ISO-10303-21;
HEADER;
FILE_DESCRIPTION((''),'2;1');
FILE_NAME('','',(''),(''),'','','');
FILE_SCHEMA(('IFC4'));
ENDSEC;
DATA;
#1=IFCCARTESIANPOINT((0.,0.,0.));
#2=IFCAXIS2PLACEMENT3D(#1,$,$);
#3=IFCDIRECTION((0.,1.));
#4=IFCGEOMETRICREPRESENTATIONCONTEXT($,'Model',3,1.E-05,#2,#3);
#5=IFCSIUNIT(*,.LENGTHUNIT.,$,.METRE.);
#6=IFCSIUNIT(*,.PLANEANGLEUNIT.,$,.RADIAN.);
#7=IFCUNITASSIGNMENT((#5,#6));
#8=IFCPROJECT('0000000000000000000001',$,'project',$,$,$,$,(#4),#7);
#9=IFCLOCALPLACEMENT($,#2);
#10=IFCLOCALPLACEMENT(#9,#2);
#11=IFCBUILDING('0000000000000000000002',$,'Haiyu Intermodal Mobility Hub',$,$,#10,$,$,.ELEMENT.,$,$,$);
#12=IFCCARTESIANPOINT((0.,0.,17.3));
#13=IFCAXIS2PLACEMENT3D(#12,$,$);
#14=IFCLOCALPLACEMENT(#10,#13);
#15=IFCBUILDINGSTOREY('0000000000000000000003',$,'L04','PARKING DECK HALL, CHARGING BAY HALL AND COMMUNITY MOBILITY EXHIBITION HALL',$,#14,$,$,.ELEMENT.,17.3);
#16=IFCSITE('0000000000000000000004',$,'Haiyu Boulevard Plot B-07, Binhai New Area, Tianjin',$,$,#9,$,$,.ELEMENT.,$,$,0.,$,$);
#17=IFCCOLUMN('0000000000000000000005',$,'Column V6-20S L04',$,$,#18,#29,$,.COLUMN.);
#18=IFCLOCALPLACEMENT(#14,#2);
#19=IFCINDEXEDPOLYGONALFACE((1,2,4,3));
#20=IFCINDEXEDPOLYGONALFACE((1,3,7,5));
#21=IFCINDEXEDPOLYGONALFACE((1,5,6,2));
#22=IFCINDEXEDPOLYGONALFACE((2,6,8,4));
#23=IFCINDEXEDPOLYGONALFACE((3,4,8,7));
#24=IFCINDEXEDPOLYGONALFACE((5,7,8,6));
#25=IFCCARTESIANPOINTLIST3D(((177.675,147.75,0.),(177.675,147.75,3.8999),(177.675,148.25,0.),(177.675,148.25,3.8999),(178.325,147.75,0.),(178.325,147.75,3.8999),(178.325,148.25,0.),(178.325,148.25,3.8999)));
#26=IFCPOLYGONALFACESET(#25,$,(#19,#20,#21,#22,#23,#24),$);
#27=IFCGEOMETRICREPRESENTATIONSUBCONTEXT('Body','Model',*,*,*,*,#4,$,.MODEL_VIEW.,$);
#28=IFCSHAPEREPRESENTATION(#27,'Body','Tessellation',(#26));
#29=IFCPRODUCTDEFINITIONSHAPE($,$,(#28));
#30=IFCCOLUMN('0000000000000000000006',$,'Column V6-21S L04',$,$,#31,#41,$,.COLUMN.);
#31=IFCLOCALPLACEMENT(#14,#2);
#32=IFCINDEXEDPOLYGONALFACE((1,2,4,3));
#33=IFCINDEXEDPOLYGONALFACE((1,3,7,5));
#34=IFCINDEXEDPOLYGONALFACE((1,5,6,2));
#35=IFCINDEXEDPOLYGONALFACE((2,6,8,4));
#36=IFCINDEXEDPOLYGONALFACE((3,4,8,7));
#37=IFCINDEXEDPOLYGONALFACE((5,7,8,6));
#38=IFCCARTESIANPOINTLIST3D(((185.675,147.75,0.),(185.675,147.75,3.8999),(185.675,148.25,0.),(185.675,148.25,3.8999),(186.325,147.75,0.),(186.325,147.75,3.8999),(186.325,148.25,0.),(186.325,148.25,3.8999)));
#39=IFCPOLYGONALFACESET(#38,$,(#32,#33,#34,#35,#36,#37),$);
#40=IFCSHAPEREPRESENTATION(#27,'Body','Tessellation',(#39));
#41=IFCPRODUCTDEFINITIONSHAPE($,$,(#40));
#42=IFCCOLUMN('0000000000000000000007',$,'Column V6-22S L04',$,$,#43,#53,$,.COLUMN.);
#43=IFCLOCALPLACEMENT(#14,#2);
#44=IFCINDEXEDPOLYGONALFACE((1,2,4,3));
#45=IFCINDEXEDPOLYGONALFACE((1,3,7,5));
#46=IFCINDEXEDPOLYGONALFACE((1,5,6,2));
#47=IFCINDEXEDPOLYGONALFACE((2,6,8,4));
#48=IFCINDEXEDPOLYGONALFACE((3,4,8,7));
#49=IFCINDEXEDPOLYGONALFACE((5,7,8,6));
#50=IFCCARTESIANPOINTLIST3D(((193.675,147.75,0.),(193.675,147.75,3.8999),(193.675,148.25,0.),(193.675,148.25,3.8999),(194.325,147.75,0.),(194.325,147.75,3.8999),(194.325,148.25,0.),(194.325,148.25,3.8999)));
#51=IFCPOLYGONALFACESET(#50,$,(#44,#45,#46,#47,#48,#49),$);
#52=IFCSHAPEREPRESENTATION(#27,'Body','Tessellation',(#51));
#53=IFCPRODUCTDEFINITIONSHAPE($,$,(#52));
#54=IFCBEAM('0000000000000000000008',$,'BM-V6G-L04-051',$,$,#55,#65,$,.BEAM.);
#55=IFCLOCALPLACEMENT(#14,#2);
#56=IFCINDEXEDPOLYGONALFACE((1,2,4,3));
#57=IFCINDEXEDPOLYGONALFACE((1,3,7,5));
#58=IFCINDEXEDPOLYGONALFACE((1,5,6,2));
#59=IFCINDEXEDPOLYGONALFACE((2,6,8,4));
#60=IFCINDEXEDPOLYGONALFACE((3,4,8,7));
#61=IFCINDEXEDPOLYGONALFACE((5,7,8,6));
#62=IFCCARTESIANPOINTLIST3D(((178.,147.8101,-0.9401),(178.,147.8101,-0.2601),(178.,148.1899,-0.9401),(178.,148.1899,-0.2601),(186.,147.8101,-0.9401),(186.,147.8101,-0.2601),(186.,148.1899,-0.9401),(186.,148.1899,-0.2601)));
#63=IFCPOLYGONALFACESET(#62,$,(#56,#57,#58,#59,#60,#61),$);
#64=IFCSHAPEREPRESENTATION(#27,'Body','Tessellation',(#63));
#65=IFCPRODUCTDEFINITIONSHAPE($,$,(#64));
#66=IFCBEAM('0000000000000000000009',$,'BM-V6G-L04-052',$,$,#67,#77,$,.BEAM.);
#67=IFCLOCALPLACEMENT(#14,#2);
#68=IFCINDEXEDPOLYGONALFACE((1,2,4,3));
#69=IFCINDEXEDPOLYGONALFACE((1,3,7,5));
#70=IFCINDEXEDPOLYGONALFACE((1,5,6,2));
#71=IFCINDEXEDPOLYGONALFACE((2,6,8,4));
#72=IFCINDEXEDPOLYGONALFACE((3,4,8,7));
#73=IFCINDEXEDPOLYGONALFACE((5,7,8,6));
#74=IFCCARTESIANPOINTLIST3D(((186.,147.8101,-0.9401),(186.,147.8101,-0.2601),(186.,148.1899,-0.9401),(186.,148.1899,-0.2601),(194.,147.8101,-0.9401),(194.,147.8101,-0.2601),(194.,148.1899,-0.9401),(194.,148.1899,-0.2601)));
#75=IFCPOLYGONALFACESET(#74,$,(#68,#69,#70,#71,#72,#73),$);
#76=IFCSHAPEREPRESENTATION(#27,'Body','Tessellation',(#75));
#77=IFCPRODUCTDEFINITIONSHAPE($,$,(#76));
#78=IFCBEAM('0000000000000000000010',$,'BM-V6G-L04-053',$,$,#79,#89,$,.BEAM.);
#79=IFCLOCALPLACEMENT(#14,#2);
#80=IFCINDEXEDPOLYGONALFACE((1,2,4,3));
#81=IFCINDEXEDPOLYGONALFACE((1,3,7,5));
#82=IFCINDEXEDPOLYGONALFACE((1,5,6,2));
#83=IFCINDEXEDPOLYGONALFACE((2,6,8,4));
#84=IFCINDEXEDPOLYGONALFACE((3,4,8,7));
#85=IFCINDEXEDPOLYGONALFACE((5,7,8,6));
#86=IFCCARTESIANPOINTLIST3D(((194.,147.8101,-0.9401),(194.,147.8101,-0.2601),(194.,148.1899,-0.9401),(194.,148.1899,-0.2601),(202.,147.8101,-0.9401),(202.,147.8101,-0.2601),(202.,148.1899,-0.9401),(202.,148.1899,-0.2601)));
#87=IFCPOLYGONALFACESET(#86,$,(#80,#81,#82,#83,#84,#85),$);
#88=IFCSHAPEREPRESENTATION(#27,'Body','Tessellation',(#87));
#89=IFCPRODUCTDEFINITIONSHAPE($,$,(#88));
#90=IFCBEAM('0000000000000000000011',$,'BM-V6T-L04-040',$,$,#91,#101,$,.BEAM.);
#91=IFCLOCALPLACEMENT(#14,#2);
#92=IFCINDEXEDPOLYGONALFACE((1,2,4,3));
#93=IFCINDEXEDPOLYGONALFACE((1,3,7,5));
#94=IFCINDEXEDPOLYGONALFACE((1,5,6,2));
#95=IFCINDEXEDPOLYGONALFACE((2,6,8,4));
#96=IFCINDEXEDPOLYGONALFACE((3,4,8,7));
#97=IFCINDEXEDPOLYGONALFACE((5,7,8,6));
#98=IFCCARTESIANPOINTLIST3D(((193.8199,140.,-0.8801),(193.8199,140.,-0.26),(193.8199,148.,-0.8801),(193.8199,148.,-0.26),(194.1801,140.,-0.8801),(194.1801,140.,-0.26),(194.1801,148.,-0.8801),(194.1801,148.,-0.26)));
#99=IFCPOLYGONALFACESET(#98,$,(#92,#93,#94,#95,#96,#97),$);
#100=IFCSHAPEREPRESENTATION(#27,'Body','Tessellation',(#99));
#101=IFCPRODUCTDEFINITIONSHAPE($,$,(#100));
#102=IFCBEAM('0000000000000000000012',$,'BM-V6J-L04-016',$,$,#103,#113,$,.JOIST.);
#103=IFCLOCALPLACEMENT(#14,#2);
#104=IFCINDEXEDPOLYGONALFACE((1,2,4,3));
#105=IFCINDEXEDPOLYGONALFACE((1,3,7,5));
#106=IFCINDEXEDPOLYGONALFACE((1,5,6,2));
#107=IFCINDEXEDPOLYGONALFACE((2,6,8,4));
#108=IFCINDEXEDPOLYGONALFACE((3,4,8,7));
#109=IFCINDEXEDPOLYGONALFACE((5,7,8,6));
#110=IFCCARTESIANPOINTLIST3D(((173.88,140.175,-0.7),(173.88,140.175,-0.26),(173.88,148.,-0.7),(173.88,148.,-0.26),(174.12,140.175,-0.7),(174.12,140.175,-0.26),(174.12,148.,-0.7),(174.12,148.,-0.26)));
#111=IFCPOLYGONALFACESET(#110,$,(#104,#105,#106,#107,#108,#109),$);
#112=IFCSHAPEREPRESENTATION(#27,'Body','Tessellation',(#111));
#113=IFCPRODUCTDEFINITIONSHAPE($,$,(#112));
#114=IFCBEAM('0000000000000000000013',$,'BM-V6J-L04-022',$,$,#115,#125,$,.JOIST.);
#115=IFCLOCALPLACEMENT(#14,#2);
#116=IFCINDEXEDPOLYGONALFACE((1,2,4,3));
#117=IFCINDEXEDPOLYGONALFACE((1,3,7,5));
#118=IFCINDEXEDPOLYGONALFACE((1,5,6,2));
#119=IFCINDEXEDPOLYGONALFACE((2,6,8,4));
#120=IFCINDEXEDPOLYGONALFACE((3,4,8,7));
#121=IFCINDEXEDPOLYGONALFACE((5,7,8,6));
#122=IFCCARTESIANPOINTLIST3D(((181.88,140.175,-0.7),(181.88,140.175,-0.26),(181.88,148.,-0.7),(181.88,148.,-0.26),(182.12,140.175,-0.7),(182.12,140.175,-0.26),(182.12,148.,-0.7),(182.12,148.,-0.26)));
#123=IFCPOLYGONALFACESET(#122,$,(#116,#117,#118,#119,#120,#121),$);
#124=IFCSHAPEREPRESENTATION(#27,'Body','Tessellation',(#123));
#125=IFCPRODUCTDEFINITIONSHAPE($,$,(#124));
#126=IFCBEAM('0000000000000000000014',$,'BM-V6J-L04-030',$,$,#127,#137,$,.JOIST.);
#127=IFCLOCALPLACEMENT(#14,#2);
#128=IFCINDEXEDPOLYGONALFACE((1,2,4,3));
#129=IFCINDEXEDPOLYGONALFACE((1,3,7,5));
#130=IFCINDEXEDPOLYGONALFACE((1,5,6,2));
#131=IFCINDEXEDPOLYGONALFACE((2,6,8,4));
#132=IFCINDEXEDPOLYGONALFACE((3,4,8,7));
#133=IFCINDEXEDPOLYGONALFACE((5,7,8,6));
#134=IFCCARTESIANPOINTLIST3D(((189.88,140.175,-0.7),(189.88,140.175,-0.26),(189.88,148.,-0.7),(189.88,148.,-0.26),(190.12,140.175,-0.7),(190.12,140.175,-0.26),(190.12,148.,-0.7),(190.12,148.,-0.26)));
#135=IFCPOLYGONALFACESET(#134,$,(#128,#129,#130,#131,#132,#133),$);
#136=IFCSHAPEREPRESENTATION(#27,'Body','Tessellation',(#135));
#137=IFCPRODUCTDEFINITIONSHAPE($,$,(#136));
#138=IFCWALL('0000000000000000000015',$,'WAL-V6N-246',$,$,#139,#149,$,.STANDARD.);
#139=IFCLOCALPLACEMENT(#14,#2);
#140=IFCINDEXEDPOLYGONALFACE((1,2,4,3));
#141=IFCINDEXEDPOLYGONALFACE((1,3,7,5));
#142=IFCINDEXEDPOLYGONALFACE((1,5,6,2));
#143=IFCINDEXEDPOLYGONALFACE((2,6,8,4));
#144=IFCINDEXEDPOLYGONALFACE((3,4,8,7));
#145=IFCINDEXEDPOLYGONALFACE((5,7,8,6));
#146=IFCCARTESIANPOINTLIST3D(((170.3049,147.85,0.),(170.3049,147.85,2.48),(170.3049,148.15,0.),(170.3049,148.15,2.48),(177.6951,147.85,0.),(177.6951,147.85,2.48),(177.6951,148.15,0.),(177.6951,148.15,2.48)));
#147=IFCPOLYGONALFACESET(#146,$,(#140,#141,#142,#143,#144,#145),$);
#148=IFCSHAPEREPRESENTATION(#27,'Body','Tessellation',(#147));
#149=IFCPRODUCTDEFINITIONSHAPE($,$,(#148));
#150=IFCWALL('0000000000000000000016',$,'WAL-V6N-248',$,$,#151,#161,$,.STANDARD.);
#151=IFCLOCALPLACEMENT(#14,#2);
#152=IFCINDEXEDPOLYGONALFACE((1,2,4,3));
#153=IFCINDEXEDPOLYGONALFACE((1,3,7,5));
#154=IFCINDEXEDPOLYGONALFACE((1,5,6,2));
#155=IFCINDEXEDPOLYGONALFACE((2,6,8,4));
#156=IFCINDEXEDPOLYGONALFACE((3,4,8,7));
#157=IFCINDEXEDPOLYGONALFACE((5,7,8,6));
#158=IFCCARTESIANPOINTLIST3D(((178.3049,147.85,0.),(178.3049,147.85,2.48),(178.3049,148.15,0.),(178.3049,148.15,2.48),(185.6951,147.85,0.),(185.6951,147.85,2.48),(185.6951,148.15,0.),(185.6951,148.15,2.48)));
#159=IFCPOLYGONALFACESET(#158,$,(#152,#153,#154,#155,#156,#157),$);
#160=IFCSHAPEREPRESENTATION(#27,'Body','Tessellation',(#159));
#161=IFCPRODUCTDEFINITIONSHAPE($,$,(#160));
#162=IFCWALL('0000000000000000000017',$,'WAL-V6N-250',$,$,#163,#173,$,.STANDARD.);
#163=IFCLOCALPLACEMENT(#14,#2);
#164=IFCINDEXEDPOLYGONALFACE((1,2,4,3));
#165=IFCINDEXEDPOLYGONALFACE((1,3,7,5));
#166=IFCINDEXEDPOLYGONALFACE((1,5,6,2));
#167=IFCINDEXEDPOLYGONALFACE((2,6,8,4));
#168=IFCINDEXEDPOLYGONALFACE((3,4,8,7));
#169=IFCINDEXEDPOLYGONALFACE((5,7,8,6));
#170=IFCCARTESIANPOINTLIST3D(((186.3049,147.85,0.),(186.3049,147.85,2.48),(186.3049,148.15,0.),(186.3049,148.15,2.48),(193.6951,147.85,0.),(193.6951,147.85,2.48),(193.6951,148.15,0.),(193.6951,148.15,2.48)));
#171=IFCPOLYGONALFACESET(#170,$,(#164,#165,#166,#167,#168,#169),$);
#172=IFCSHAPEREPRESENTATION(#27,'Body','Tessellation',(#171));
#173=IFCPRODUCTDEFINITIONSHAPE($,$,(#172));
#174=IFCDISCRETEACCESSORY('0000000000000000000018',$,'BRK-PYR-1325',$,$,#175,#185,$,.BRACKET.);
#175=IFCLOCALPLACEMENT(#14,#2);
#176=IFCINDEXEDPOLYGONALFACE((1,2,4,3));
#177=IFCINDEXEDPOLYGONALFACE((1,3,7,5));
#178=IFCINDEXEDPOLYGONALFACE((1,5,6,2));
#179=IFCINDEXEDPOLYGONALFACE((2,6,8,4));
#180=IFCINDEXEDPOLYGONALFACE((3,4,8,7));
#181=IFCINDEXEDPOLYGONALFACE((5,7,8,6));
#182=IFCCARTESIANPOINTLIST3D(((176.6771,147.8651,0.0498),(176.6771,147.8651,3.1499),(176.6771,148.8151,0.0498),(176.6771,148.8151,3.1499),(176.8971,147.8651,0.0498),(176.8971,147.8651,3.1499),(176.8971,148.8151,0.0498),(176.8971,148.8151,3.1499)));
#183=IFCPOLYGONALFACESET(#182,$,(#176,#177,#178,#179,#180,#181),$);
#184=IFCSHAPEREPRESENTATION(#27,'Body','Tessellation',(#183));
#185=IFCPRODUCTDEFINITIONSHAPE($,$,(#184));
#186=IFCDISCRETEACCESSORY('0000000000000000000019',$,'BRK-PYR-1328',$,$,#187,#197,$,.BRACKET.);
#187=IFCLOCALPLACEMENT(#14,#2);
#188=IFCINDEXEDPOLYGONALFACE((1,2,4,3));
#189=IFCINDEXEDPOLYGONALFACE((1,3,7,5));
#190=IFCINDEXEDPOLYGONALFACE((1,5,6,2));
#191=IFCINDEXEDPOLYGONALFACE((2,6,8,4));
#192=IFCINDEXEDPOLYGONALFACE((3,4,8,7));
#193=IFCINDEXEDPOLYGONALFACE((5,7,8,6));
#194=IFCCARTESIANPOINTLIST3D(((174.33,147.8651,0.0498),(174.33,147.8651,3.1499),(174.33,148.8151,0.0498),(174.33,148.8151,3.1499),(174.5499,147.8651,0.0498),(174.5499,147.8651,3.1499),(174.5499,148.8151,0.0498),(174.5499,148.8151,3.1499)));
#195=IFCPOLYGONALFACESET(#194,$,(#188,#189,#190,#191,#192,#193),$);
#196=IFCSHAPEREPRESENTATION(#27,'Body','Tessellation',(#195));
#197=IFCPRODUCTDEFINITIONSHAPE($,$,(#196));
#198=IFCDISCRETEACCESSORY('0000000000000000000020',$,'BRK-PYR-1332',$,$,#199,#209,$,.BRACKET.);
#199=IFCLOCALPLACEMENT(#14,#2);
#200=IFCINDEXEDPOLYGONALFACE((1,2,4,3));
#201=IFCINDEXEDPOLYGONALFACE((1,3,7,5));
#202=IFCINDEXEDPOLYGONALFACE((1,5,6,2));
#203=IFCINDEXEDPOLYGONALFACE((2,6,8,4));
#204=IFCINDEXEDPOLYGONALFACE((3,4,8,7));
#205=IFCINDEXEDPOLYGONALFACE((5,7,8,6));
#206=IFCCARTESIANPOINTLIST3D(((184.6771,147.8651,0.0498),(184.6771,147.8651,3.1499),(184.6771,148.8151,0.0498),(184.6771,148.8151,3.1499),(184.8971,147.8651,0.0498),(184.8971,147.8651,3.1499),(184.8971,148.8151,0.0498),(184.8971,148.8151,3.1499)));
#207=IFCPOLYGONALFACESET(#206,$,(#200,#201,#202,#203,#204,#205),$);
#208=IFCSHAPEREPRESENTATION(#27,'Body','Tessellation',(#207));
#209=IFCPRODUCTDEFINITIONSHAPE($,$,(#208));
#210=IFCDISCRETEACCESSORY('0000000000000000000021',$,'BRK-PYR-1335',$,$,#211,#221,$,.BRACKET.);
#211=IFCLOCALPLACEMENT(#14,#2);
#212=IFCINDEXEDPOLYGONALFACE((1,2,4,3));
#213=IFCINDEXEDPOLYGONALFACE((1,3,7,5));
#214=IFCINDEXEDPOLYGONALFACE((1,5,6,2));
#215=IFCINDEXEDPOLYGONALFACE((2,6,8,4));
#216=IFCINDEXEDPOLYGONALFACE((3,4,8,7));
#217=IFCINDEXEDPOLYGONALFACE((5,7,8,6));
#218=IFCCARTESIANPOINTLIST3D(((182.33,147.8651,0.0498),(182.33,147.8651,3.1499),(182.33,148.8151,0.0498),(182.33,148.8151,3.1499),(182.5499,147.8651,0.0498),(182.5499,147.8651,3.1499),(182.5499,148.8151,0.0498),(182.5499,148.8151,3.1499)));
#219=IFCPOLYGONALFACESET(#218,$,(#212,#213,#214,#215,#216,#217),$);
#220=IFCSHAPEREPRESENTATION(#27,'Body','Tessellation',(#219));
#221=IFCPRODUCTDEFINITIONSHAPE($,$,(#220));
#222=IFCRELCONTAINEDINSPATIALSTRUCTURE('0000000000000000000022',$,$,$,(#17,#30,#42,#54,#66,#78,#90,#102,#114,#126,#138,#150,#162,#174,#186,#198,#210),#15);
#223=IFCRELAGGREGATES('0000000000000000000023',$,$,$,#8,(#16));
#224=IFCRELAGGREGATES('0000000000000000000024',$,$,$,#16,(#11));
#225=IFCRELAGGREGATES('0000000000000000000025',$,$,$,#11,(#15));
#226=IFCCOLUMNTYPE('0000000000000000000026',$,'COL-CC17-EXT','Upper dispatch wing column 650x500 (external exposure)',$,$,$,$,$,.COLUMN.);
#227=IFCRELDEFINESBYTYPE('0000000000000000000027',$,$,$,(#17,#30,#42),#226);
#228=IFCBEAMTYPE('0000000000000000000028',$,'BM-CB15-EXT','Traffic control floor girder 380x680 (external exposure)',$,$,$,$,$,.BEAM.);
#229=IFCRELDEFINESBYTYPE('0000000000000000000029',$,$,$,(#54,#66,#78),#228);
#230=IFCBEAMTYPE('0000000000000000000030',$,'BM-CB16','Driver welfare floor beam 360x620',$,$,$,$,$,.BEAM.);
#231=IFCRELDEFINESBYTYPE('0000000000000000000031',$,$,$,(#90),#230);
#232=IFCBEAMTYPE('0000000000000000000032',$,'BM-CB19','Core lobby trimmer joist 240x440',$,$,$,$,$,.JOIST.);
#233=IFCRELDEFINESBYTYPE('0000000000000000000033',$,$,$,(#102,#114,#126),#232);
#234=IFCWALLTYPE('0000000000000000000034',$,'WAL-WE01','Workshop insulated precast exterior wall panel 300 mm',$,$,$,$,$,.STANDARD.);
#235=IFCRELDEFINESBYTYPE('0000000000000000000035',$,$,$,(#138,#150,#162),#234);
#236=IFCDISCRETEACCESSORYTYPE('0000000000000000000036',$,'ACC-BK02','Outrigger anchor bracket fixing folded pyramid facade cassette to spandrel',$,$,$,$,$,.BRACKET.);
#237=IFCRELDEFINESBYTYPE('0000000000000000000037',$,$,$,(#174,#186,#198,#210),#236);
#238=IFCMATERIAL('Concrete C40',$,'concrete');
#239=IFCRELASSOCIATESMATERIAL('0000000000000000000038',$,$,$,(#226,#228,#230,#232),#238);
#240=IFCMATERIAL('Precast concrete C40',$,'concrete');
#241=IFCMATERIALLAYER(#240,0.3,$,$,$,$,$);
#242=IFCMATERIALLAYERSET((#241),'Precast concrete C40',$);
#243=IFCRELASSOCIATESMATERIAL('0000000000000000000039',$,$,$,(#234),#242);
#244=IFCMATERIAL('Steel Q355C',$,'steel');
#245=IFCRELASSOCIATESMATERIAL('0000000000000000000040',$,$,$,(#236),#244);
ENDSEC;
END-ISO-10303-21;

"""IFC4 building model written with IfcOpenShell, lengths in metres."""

from ifc_helpers import new_model, si_unit, direction, frame, frame_2d, origin, origin_2d, place, context, subcontext, project, spatial, rectangle, extrude, material, layer, layer_set, material_profile, profile_set, type_object, element, save


model = new_model("IFC4")

# Units and contexts
model_context = context("Model", 3, precision=1e-05, world=origin(), true_north=direction((0.0, 1.0)))
body_context = subcontext(model_context, "Body", "Model", "MODEL_VIEW")
ifc_project = project(units=[si_unit("LENGTHUNIT", "METRE"), si_unit("PLANEANGLEUNIT", "RADIAN")], contexts=[model_context])

# Site, building, storey
site_placement = place(None, origin())
site = spatial("IfcSite", under=ifc_project, at=site_placement, Name="Haiyu Boulevard Plot B-07, Binhai New Area, Tianjin", CompositionType="ELEMENT", RefElevation=0.0)
building_placement = place(site_placement, origin())
building = spatial("IfcBuilding", under=site, at=building_placement, Name="Haiyu Intermodal Mobility Hub", CompositionType="ELEMENT")
storey_placement = place(building_placement, frame((0.0, 0.0, 17.3)))
storey = spatial("IfcBuildingStorey", under=building, at=storey_placement, Name="L04", Description="PARKING DECK HALL, CHARGING BAY HALL AND COMMUNITY MOBILITY EXHIBITION HALL", CompositionType="ELEMENT", Elevation=17.3)

# Columns
ifc_material_1 = material(Name="Concrete C40", Category="concrete")
ifc_material_profile_1 = material_profile(ifc_material_1, rectangle(XDim=0.6499, YDim=0.5, at=origin_2d()), Name="C650x500")
ifc_profile_set_1 = profile_set([ifc_material_profile_1], Name="Concrete C40")
column_type = type_object("IfcColumnType", Name="COL-CC17-EXT", Description="Upper dispatch wing column 650x500 (external exposure)", PredefinedType="COLUMN", material=ifc_profile_set_1)
for number, where, z_axis, x_axis, name in (
    (1, (178.0, 148.0, 0.0), (0.0, 0.0, 1.0), (1.0, 0.0, 0.0), "Column V6-20S L04"),
    (2, (186.0, 148.0, 0.0), (0.0, 0.0, 1.0), (1.0, 0.0, 0.0), "Column V6-21S L04"),
    (3, (194.0, 148.0, 0.0), (0.0, 0.0, 1.0), (1.0, 0.0, 0.0), "Column V6-22S L04"),
):
    element("IfcColumn", number, at=place(storey_placement, frame(where, z_axis=z_axis, x_axis=x_axis)), inside=storey, type_object=column_type, Name=name, PredefinedType="COLUMN", context=body_context, shape_type="SweptSolid", body=[
        extrude(rectangle(XDim=0.6499, YDim=0.5, at=origin_2d()), origin(), (0.0, 0.0, 1.0), 3.8999),
    ])

# Beams
ifc_material_profile_2 = material_profile(ifc_material_1, rectangle(XDim=0.3799, YDim=0.6799, at=origin_2d()), Name="B380x680")
ifc_profile_set_2 = profile_set([ifc_material_profile_2], Name="Concrete C40")
beam_type_1 = type_object("IfcBeamType", Name="BM-CB15-EXT", Description="Traffic control floor girder 380x680 (external exposure)", PredefinedType="BEAM", material=ifc_profile_set_2)
for number, where, z_axis, x_axis, name in (
    (4, (178.0, 148.0, -0.6001), (1.0, 0.0, 0.0), (0.0, 1.0, 0.0), "BM-V6G-L04-051"),
    (5, (186.0, 148.0, -0.6001), (1.0, 0.0, 0.0), (0.0, 1.0, 0.0), "BM-V6G-L04-052"),
    (6, (194.0, 148.0, -0.6001), (1.0, 0.0, 0.0), (0.0, 1.0, 0.0), "BM-V6G-L04-053"),
):
    element("IfcBeam", number, at=place(storey_placement, frame(where, z_axis=z_axis, x_axis=x_axis)), inside=storey, type_object=beam_type_1, Name=name, PredefinedType="BEAM", context=body_context, shape_type="SweptSolid", body=[
        extrude(rectangle(XDim=0.3799, YDim=0.6799, at=origin_2d()), origin(), (0.0, 0.0, 1.0), 8.0),
    ])
ifc_material_profile_3 = material_profile(ifc_material_1, rectangle(XDim=0.3601, YDim=0.6201, at=origin_2d()), Name="B360x620")
ifc_profile_set_3 = profile_set([ifc_material_profile_3], Name="Concrete C40")
beam_type_2 = type_object("IfcBeamType", Name="BM-CB16", Description="Driver welfare floor beam 360x620", PredefinedType="BEAM", material=ifc_profile_set_3)
beam_placement = place(storey_placement, frame((194.0, 140.0, -0.5701), z_axis=(0.0, 1.0, 0.0), x_axis=(-1.0, 0.0, 0.0)))
element("IfcBeam", 7, at=beam_placement, inside=storey, type_object=beam_type_2, Name="BM-V6T-L04-040", PredefinedType="BEAM", context=body_context, shape_type="SweptSolid", body=[
    extrude(rectangle(XDim=0.3601, YDim=0.6201, at=origin_2d()), origin(), (0.0, 0.0, 1.0), 8.0),
])
ifc_material_profile_4 = material_profile(ifc_material_1, rectangle(XDim=0.24, YDim=0.4399, at=origin_2d()), Name="B240x440")
ifc_profile_set_4 = profile_set([ifc_material_profile_4], Name="Concrete C40")
beam_type_3 = type_object("IfcBeamType", Name="BM-CB19", Description="Core lobby trimmer joist 240x440", PredefinedType="JOIST", material=ifc_profile_set_4)
for number, where, z_axis, x_axis, name in (
    (8, (174.0, 140.175, -0.48), (0.0, 1.0, 0.0), (-1.0, 0.0, 0.0), "BM-V6J-L04-016"),
    (9, (182.0, 140.175, -0.48), (0.0, 1.0, 0.0), (-1.0, 0.0, 0.0), "BM-V6J-L04-022"),
    (10, (190.0, 140.175, -0.48), (0.0, 1.0, 0.0), (-1.0, 0.0, 0.0), "BM-V6J-L04-030"),
):
    element("IfcBeam", number, at=place(storey_placement, frame(where, z_axis=z_axis, x_axis=x_axis)), inside=storey, type_object=beam_type_3, Name=name, PredefinedType="JOIST", context=body_context, shape_type="SweptSolid", body=[
        extrude(rectangle(XDim=0.24, YDim=0.4399, at=origin_2d()), origin(), (0.0, 0.0, 1.0), 7.825),
    ])

# Walls
ifc_material_2 = material(Name="Precast concrete C40", Category="concrete")
ifc_layer = layer(ifc_material_2, 0.3)
ifc_layer_set = layer_set([ifc_layer], Name="Precast concrete C40")
wall_type = type_object("IfcWallType", Name="WAL-WE01", Description="Workshop insulated precast exterior wall panel 300 mm", PredefinedType="STANDARD", material=ifc_layer_set)
for number, where, z_axis, x_axis, name in (
    (11, (177.6951, 148.0, 0.0), (0.0, 0.0, 1.0), (-1.0, 0.0, 0.0), "WAL-V6N-246"),
    (12, (185.6951, 148.0, 0.0), (0.0, 0.0, 1.0), (-1.0, 0.0, 0.0), "WAL-V6N-248"),
    (13, (193.6951, 148.0, 0.0), (0.0, 0.0, 1.0), (-1.0, 0.0, 0.0), "WAL-V6N-250"),
):
    element("IfcWall", number, at=place(storey_placement, frame(where, z_axis=z_axis, x_axis=x_axis)), inside=storey, type_object=wall_type, Name=name, PredefinedType="STANDARD", context=body_context, shape_type="SweptSolid", body=[
        extrude(rectangle(XDim=7.3901, YDim=0.3, at=frame_2d((3.6951, 0.0))), origin(), (0.0, 0.0, 1.0), 2.48),
    ])

# Discrete accessories
ifc_material_3 = material(Name="Steel Q355C", Category="steel")
discrete_accessory_type = type_object("IfcDiscreteAccessoryType", Name="ACC-BK02", Description="Outrigger anchor bracket fixing folded pyramid facade cassette to spandrel", PredefinedType="BRACKET", material=ifc_material_3)
for number, where, z_axis, x_axis, name in (
    (14, (176.7871, 148.3401, 0.0498), (0.0, 0.0, 1.0), (1.0, 0.0, 0.0), "BRK-PYR-1325"),
    (15, (174.4399, 148.3401, 0.0498), (0.0, 0.0, 1.0), (1.0, 0.0, 0.0), "BRK-PYR-1328"),
    (16, (184.7871, 148.3401, 0.0498), (0.0, 0.0, 1.0), (1.0, 0.0, 0.0), "BRK-PYR-1332"),
    (17, (182.4399, 148.3401, 0.0498), (0.0, 0.0, 1.0), (1.0, 0.0, 0.0), "BRK-PYR-1335"),
):
    element("IfcDiscreteAccessory", number, at=place(storey_placement, frame(where, z_axis=z_axis, x_axis=x_axis)), inside=storey, type_object=discrete_accessory_type, Name=name, PredefinedType="BRACKET", context=body_context, shape_type="SweptSolid", body=[
        extrude(rectangle(XDim=0.22, YDim=0.95, at=origin_2d()), origin(), (0.0, 0.0, 1.0), 3.1001),
    ])

save(model, "model.ifc")
